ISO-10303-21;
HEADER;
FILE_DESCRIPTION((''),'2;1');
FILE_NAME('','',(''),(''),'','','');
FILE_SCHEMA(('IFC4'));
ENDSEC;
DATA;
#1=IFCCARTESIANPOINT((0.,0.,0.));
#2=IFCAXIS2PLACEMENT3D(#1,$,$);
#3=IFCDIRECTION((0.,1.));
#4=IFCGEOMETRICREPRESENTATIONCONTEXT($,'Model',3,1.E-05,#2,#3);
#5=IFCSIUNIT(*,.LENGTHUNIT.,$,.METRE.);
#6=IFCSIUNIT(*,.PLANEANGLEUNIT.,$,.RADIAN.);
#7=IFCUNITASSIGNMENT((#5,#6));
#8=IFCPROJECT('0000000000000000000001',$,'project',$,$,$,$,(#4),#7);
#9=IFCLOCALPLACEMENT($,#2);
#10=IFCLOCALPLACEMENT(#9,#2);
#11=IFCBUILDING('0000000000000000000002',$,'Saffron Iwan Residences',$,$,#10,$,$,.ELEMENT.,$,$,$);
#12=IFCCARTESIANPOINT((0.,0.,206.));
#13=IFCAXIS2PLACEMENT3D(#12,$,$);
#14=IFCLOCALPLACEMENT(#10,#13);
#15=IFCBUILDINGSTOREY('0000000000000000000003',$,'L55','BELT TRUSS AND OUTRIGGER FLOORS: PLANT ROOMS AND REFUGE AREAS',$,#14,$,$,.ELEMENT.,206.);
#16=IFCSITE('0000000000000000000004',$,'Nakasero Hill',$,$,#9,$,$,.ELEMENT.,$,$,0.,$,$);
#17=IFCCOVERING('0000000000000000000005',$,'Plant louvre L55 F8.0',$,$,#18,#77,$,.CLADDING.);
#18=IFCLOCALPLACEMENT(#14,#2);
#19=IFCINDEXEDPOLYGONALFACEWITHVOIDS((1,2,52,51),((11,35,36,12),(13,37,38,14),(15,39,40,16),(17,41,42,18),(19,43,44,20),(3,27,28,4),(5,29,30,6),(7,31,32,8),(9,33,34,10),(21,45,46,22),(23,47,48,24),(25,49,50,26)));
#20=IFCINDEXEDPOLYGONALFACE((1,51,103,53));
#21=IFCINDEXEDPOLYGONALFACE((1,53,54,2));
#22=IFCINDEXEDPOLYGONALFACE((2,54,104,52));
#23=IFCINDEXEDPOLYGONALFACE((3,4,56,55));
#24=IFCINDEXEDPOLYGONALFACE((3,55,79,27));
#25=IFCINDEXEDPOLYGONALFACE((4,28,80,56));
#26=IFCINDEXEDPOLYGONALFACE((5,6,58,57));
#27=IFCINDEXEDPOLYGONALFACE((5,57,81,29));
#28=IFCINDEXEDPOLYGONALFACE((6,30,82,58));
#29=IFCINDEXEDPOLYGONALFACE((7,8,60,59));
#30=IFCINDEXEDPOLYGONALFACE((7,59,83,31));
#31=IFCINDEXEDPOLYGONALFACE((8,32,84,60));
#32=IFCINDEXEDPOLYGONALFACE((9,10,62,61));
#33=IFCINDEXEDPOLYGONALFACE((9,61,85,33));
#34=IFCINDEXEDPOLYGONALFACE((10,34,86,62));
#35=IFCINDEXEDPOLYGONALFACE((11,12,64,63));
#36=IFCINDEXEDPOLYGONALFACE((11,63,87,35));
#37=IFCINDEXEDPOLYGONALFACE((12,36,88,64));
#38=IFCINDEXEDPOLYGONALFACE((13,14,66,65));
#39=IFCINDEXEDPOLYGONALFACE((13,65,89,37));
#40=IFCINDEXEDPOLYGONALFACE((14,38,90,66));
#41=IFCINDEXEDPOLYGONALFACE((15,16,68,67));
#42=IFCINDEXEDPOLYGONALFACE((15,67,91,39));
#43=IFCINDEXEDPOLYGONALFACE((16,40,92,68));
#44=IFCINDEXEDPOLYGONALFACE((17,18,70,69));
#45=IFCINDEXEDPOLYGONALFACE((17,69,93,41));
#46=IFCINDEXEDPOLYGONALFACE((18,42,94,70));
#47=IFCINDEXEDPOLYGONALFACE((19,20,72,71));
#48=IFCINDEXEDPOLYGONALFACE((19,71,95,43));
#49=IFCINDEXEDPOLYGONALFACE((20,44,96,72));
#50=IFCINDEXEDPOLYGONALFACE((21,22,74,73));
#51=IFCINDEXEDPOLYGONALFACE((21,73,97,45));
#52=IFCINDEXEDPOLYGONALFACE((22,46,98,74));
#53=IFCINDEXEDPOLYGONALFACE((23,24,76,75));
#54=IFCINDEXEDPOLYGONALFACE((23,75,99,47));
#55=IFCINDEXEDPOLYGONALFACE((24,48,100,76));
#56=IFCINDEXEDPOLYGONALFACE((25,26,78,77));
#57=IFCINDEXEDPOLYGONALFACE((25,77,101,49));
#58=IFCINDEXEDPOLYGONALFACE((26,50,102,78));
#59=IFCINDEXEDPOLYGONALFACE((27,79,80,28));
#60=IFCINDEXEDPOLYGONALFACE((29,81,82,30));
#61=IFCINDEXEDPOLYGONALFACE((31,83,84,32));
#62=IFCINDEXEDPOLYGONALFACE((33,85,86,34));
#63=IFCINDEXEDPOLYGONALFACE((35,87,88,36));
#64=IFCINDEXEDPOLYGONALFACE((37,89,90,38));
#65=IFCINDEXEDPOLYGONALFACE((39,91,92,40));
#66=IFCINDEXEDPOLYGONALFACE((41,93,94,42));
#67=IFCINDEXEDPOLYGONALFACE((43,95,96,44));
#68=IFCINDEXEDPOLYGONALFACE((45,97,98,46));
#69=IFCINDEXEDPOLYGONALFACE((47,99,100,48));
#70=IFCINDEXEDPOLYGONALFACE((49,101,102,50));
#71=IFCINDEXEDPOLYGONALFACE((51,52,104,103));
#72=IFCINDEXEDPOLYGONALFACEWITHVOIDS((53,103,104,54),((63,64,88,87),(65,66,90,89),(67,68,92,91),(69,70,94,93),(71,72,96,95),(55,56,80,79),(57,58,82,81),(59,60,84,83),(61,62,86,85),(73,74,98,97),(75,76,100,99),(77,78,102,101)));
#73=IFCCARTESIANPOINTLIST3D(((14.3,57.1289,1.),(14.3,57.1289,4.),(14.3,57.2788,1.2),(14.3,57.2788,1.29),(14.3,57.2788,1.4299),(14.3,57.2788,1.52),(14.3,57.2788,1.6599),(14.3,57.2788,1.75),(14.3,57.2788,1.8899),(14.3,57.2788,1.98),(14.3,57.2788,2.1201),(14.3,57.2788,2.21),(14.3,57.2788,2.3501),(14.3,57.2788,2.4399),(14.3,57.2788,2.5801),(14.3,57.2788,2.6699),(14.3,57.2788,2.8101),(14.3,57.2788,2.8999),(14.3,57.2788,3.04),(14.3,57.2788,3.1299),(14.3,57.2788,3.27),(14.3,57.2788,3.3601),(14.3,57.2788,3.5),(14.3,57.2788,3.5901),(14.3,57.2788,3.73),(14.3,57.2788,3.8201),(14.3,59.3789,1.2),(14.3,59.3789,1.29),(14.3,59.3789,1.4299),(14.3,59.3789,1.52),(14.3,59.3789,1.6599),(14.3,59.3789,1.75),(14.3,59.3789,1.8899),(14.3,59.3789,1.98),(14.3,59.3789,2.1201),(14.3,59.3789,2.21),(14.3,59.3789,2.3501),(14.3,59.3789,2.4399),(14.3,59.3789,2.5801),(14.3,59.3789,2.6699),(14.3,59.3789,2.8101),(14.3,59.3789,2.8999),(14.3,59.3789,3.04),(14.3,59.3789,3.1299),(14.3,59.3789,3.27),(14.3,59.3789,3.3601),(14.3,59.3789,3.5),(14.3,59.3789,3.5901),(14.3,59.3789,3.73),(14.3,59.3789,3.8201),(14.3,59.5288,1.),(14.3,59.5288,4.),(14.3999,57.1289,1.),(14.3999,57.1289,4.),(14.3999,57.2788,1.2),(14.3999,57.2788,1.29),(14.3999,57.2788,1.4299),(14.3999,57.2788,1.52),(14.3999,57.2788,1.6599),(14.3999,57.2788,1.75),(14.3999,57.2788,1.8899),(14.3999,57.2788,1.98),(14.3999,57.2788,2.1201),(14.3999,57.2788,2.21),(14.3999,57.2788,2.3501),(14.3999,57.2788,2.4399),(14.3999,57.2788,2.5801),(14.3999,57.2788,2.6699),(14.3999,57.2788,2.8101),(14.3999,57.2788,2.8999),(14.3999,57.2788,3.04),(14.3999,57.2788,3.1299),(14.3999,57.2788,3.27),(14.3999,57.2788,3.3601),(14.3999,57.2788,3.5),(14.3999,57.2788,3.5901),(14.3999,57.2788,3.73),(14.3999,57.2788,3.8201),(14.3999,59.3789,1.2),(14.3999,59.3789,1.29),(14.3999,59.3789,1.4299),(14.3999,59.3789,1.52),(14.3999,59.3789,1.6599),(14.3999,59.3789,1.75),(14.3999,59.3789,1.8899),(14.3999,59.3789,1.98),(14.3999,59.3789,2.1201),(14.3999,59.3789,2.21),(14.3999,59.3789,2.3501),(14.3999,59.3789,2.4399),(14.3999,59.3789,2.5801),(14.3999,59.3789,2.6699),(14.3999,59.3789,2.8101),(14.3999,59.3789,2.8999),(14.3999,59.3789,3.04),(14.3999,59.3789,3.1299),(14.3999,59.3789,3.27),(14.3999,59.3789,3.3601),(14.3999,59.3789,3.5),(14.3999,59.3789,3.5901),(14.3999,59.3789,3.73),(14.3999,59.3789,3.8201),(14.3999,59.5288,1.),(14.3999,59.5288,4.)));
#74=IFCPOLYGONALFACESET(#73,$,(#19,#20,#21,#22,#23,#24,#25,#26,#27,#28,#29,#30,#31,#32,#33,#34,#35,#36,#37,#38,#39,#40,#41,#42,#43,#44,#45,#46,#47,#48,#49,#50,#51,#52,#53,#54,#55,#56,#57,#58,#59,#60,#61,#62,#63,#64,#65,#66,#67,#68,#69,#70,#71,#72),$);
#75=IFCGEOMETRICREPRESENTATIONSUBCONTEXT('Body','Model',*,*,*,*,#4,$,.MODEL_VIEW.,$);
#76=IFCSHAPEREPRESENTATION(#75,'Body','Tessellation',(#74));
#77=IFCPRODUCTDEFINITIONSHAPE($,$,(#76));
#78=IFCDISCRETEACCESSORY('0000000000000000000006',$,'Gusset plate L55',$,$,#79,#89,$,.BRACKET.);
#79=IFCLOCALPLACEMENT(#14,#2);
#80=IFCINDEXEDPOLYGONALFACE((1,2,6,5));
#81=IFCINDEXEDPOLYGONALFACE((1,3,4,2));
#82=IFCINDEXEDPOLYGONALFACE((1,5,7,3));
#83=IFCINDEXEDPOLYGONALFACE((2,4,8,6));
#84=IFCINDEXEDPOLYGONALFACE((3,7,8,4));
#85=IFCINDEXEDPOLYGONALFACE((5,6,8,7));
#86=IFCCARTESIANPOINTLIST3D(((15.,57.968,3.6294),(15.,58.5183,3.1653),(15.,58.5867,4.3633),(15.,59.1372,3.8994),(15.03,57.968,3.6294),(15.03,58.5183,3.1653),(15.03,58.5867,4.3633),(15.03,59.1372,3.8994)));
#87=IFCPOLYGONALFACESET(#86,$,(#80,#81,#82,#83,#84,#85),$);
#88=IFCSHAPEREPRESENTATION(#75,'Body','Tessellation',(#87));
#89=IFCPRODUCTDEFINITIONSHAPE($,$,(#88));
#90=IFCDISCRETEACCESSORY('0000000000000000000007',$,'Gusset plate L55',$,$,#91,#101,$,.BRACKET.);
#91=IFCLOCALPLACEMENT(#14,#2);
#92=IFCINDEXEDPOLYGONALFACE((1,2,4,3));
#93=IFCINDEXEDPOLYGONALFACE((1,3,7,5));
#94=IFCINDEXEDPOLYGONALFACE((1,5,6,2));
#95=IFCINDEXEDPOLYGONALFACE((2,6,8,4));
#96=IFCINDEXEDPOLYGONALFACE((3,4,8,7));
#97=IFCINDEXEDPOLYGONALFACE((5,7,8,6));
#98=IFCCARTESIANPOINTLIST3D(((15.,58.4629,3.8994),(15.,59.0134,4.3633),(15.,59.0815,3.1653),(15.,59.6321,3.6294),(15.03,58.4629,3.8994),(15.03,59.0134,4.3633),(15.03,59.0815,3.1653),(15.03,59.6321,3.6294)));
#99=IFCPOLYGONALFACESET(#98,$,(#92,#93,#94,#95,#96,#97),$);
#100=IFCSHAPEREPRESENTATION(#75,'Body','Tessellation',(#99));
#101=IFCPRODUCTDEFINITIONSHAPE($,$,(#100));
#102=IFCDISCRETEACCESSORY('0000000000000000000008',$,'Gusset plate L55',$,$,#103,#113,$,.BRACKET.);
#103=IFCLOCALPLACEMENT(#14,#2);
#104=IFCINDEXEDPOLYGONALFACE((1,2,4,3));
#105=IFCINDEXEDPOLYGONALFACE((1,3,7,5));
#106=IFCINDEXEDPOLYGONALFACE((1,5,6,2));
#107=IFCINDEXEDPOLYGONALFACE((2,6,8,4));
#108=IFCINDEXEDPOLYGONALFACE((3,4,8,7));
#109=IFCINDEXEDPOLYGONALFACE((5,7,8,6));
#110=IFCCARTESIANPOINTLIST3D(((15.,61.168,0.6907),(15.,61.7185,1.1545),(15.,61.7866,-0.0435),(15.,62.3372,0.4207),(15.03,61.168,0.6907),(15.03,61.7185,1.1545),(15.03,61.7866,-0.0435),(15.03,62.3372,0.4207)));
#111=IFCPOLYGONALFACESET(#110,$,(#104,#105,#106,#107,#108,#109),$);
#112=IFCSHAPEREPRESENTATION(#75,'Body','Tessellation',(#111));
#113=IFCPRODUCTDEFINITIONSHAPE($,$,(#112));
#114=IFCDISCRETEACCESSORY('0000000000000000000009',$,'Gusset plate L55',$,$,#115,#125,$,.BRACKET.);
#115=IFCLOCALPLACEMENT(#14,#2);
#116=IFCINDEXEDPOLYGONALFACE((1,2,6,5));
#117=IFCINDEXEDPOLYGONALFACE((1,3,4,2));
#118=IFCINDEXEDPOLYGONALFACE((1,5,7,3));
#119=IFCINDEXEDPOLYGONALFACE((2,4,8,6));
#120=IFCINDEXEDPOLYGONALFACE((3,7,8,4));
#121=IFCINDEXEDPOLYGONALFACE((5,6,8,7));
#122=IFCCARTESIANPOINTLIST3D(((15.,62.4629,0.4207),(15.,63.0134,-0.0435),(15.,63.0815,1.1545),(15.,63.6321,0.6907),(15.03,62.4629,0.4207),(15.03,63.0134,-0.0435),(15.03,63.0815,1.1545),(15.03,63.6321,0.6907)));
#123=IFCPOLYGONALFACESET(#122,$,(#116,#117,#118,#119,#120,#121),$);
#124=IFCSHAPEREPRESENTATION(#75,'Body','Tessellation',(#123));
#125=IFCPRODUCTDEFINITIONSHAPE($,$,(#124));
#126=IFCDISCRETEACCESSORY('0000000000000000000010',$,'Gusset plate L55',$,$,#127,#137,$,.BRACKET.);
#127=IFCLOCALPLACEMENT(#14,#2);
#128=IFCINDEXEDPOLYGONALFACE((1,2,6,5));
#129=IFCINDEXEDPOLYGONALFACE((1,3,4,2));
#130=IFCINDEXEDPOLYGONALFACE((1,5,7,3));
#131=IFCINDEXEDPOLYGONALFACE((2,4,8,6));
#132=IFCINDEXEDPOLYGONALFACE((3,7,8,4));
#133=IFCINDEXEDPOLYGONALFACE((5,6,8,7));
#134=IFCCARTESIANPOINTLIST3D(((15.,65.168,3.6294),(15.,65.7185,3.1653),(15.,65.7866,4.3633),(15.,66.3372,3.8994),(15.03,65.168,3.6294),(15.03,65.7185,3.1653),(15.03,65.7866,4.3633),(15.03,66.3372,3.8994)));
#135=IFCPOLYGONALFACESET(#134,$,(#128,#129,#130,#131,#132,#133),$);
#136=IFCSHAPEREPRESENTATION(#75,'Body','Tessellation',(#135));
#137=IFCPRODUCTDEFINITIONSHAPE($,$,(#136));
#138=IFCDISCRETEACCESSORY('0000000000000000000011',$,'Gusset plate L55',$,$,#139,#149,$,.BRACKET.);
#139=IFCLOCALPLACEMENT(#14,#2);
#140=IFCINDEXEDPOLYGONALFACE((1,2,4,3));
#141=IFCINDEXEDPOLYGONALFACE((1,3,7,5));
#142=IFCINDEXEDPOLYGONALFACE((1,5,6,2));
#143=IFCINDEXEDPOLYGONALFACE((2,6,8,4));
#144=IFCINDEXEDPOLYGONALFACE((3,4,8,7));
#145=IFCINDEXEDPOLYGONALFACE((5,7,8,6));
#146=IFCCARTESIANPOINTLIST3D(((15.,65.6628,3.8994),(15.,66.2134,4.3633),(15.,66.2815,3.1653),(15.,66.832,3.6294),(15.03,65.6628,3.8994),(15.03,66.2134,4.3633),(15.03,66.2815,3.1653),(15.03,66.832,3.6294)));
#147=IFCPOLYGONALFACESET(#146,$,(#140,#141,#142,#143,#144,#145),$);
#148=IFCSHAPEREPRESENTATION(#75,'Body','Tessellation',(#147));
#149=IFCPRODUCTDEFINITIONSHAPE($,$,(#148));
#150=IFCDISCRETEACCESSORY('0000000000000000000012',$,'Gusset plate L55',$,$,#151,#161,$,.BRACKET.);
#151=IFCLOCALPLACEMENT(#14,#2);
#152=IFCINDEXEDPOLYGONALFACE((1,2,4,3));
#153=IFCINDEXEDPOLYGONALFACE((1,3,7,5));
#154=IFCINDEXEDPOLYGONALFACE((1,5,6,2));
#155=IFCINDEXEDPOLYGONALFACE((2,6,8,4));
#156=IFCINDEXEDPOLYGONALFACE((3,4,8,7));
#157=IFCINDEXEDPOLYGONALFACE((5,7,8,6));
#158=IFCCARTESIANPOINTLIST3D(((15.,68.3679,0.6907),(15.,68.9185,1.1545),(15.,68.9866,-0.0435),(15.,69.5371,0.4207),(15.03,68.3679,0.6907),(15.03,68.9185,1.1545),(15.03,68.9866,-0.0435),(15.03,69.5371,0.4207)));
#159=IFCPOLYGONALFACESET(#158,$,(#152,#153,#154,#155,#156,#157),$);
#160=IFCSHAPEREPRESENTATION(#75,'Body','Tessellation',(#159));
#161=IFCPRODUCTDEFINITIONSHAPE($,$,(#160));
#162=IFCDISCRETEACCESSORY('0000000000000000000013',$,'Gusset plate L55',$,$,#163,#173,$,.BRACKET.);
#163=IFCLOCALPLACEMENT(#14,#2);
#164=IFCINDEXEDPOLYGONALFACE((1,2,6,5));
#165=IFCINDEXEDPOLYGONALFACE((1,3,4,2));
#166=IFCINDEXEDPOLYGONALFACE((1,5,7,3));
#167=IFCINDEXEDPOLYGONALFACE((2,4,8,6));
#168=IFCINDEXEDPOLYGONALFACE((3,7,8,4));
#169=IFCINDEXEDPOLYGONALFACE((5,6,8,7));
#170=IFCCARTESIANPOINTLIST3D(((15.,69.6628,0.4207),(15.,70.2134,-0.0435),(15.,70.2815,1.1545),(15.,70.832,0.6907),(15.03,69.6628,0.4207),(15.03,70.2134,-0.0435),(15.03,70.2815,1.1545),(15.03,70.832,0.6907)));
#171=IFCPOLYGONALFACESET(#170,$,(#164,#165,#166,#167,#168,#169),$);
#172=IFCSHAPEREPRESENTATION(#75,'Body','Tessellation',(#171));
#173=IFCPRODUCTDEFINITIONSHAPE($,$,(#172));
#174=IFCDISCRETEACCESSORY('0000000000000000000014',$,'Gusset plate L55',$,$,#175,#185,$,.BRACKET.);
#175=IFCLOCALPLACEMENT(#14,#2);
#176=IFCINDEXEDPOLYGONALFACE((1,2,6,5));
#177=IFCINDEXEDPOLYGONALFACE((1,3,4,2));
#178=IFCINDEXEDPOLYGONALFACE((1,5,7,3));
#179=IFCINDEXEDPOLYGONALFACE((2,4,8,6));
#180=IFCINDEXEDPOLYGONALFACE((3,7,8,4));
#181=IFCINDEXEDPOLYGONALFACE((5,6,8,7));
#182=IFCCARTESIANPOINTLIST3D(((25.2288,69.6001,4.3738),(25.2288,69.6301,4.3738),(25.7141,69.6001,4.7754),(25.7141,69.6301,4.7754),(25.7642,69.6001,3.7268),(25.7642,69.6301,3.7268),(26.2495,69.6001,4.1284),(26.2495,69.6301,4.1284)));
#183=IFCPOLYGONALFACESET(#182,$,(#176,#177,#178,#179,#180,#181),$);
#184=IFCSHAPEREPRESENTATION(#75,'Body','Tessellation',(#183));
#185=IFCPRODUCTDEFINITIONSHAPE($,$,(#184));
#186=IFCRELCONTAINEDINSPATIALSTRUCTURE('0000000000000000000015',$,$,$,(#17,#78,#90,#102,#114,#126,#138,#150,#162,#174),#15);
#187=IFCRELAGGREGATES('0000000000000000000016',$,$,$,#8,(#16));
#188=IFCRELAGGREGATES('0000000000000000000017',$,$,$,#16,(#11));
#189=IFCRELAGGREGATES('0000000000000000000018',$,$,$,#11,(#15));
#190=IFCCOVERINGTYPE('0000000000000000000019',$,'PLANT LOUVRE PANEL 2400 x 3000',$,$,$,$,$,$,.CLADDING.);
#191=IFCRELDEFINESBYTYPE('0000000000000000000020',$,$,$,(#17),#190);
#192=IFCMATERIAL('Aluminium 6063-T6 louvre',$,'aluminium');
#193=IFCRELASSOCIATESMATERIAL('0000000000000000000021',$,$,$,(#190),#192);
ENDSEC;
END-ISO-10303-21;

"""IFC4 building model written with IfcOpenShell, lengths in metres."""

from ifc_helpers import new_model, si_unit, direction, frame, origin, place, context, subcontext, project, spatial, polyline, outline, extrude, material, type_object, element, save


model = new_model("IFC4")

# Units and contexts
model_context = context("Model", 3, precision=1e-05, world=origin(), true_north=direction((0.0, 1.0)))
body_context = subcontext(model_context, "Body", "Model", "MODEL_VIEW")
ifc_project = project(units=[si_unit("LENGTHUNIT", "METRE"), si_unit("PLANEANGLEUNIT", "RADIAN")], contexts=[model_context])

# Site, building, storey
site_placement = place(None, origin())
site = spatial("IfcSite", under=ifc_project, at=site_placement, Name="Nakasero Hill", CompositionType="ELEMENT", RefElevation=0.0)
building_placement = place(site_placement, origin())
building = spatial("IfcBuilding", under=site, at=building_placement, Name="Saffron Iwan Residences", CompositionType="ELEMENT")
storey_placement = place(building_placement, frame((0.0, 0.0, 206.0)))
storey = spatial("IfcBuildingStorey", under=building, at=storey_placement, Name="L55", Description="BELT TRUSS AND OUTRIGGER FLOORS: PLANT ROOMS AND REFUGE AREAS", CompositionType="ELEMENT", Elevation=206.0)

# Covering
ifc_material_1 = material(Name="Aluminium 6063-T6 louvre", Category="aluminium")
covering_type_1 = type_object("IfcCoveringType", Name="PLANT LOUVRE PANEL 2400 x 3000", PredefinedType="CLADDING", material=ifc_material_1)
covering_1_placement = place(storey_placement, frame((14.3999, 59.5288, 1.0), z_axis=(-1.0, 0.0, 0.0), x_axis=(0.0, -1.0, 0.0)))
element("IfcCovering", 1, at=covering_1_placement, inside=storey, type_object=covering_type_1, Name="Plant louvre L55 F8.0", PredefinedType="CLADDING", context=body_context, shape_type="SweptSolid", body=[
    extrude(outline(polyline([(0.0, 0.0), (2.3999, 0.0), (2.3999, 3.0), (0.0, 3.0), (0.0, 0.0)]), holes=[polyline([(0.1499, 0.2), (2.25, 0.2), (2.25, 0.29), (0.1499, 0.29), (0.1499, 0.2)]), polyline([(0.1499, 0.4299), (2.25, 0.4299), (2.25, 0.52), (0.1499, 0.52), (0.1499, 0.4299)]), polyline([(0.1499, 0.6599), (2.25, 0.6599), (2.25, 0.75), (0.1499, 0.75), (0.1499, 0.6599)]), polyline([(0.1499, 0.8899), (2.25, 0.8899), (2.25, 0.98), (0.1499, 0.98), (0.1499, 0.8899)]), polyline([(0.1499, 1.1201), (2.25, 1.1201), (2.25, 1.21), (0.1499, 1.21), (0.1499, 1.1201)]), polyline([(0.1499, 1.3501), (2.25, 1.3501), (2.25, 1.4399), (0.1499, 1.4399), (0.1499, 1.3501)]), polyline([(0.1499, 1.5801), (2.25, 1.5801), (2.25, 1.6699), (0.1499, 1.6699), (0.1499, 1.5801)]), polyline([(0.1499, 1.8101), (2.25, 1.8101), (2.25, 1.8999), (0.1499, 1.8999), (0.1499, 1.8101)]), polyline([(0.1499, 2.04), (2.25, 2.04), (2.25, 2.1299), (0.1499, 2.1299), (0.1499, 2.04)]), polyline([(0.1499, 2.27), (2.25, 2.27), (2.25, 2.3601), (0.1499, 2.3601), (0.1499, 2.27)]), polyline([(0.1499, 2.5), (2.25, 2.5), (2.25, 2.5901), (0.1499, 2.5901), (0.1499, 2.5)]), polyline([(0.1499, 2.73), (2.25, 2.73), (2.25, 2.8201), (0.1499, 2.8201), (0.1499, 2.73)])]), origin(), (0.0, 0.0, 1.0), 0.0999),
])

# Discrete accessories
discrete_accessory_1_placement = place(storey_placement, frame((15.0, 59.1372, 3.8994), z_axis=(-1.0, 0.0, 0.0), x_axis=(0.0, -0.644551, -0.764562)))
element("IfcDiscreteAccessory", 2, at=discrete_accessory_1_placement, inside=storey, Name="Gusset plate L55", PredefinedType="BRACKET", context=body_context, shape_type="SweptSolid", body=[
    extrude(outline(polyline([(0.0, 0.0), (0.9602, 0.0), (0.96, 0.7199), (0.0002, 0.7199), (0.0, 0.0)])), origin(), (0.0, 0.0, -1.0), 0.03),
])
discrete_accessory_2_placement = place(storey_placement, frame((15.0, 59.0134, 4.3633), z_axis=(-1.0, 0.0, 0.0), x_axis=(0.0, 0.644527, -0.764581)))
element("IfcDiscreteAccessory", 3, at=discrete_accessory_2_placement, inside=storey, Name="Gusset plate L55", PredefinedType="BRACKET", context=body_context, shape_type="SweptSolid", body=[
    extrude(outline(polyline([(0.0, 0.0), (0.9599, 0.0), (0.9599, 0.7201), (-0.0002, 0.7199), (0.0, 0.0)])), origin(), (0.0, 0.0, -1.0), 0.03),
])
discrete_accessory_3_placement = place(storey_placement, frame((15.0, 61.7866, -0.0435), z_axis=(-1.0, 0.0, 0.0), x_axis=(0.0, -0.644402, 0.764687)))
element("IfcDiscreteAccessory", 4, at=discrete_accessory_3_placement, inside=storey, Name="Gusset plate L55", PredefinedType="BRACKET", context=body_context, shape_type="SweptSolid", body=[
    extrude(outline(polyline([(0.0, 0.0), (0.96, 0.0), (0.96, 0.7199), (0.0001, 0.7201), (0.0, 0.0)])), origin(), (0.0, 0.0, -1.0), 0.03),
])
discrete_accessory_4_placement = place(storey_placement, frame((15.0, 62.4629, 0.4207), z_axis=(-1.0, 0.0, 0.0), x_axis=(0.0, 0.644527, 0.764581)))
element("IfcDiscreteAccessory", 5, at=discrete_accessory_4_placement, inside=storey, Name="Gusset plate L55", PredefinedType="BRACKET", context=body_context, shape_type="SweptSolid", body=[
    extrude(outline(polyline([(0.0, 0.0), (0.9599, 0.0), (0.96, 0.7199), (0.0, 0.7201), (0.0, 0.0)])), origin(), (0.0, 0.0, -1.0), 0.03),
])
discrete_accessory_5_placement = place(storey_placement, frame((15.0, 66.3372, 3.8994), z_axis=(-1.0, 0.0, 0.0), x_axis=(0.0, -0.644402, -0.764687)))
element("IfcDiscreteAccessory", 6, at=discrete_accessory_5_placement, inside=storey, Name="Gusset plate L55", PredefinedType="BRACKET", context=body_context, shape_type="SweptSolid", body=[
    extrude(outline(polyline([(0.0, 0.0), (0.96, 0.0), (0.9599, 0.7201), (0.0001, 0.7199), (0.0, 0.0)])), origin(), (0.0, 0.0, -1.0), 0.03),
])
discrete_accessory_6_placement = place(storey_placement, frame((15.0, 66.2134, 4.3633), z_axis=(-1.0, 0.0, 0.0), x_axis=(0.0, 0.644527, -0.764581)))
element("IfcDiscreteAccessory", 7, at=discrete_accessory_6_placement, inside=storey, Name="Gusset plate L55", PredefinedType="BRACKET", context=body_context, shape_type="SweptSolid", body=[
    extrude(outline(polyline([(0.0, 0.0), (0.9599, 0.0), (0.9599, 0.7201), (-0.0002, 0.7199), (0.0, 0.0)])), origin(), (0.0, 0.0, -1.0), 0.03),
])
discrete_accessory_7_placement = place(storey_placement, frame((15.0, 68.9866, -0.0435), z_axis=(-1.0, 0.0, 0.0), x_axis=(0.0, -0.644402, 0.764687)))
element("IfcDiscreteAccessory", 8, at=discrete_accessory_7_placement, inside=storey, Name="Gusset plate L55", PredefinedType="BRACKET", context=body_context, shape_type="SweptSolid", body=[
    extrude(outline(polyline([(0.0, 0.0), (0.96, 0.0), (0.96, 0.7199), (0.0001, 0.7201), (0.0, 0.0)])), origin(), (0.0, 0.0, -1.0), 0.03),
])
discrete_accessory_8_placement = place(storey_placement, frame((15.0, 69.6628, 0.4207), z_axis=(-1.0, 0.0, 0.0), x_axis=(0.0, 0.644527, 0.764581)))
element("IfcDiscreteAccessory", 9, at=discrete_accessory_8_placement, inside=storey, Name="Gusset plate L55", PredefinedType="BRACKET", context=body_context, shape_type="SweptSolid", body=[
    extrude(outline(polyline([(0.0, 0.0), (0.9599, 0.0), (0.96, 0.7199), (0.0, 0.7201), (0.0, 0.0)])), origin(), (0.0, 0.0, -1.0), 0.03),
])
discrete_accessory_9_placement = place(storey_placement, frame((25.2288, 69.6001, 4.3738), z_axis=(0.0, -1.0, 0.0), x_axis=(0.63755, 0.0, -0.770409)))
element("IfcDiscreteAccessory", 10, at=discrete_accessory_9_placement, inside=storey, Name="Gusset plate L55", PredefinedType="BRACKET", context=body_context, shape_type="SweptSolid", body=[
    extrude(outline(polyline([(0.0, 0.0), (0.8398, 0.0), (0.8398, 0.63), (0.0, 0.63), (0.0, 0.0)])), origin(), (0.0, 0.0, -1.0), 0.03),
])

save(model, "model.ifc")
